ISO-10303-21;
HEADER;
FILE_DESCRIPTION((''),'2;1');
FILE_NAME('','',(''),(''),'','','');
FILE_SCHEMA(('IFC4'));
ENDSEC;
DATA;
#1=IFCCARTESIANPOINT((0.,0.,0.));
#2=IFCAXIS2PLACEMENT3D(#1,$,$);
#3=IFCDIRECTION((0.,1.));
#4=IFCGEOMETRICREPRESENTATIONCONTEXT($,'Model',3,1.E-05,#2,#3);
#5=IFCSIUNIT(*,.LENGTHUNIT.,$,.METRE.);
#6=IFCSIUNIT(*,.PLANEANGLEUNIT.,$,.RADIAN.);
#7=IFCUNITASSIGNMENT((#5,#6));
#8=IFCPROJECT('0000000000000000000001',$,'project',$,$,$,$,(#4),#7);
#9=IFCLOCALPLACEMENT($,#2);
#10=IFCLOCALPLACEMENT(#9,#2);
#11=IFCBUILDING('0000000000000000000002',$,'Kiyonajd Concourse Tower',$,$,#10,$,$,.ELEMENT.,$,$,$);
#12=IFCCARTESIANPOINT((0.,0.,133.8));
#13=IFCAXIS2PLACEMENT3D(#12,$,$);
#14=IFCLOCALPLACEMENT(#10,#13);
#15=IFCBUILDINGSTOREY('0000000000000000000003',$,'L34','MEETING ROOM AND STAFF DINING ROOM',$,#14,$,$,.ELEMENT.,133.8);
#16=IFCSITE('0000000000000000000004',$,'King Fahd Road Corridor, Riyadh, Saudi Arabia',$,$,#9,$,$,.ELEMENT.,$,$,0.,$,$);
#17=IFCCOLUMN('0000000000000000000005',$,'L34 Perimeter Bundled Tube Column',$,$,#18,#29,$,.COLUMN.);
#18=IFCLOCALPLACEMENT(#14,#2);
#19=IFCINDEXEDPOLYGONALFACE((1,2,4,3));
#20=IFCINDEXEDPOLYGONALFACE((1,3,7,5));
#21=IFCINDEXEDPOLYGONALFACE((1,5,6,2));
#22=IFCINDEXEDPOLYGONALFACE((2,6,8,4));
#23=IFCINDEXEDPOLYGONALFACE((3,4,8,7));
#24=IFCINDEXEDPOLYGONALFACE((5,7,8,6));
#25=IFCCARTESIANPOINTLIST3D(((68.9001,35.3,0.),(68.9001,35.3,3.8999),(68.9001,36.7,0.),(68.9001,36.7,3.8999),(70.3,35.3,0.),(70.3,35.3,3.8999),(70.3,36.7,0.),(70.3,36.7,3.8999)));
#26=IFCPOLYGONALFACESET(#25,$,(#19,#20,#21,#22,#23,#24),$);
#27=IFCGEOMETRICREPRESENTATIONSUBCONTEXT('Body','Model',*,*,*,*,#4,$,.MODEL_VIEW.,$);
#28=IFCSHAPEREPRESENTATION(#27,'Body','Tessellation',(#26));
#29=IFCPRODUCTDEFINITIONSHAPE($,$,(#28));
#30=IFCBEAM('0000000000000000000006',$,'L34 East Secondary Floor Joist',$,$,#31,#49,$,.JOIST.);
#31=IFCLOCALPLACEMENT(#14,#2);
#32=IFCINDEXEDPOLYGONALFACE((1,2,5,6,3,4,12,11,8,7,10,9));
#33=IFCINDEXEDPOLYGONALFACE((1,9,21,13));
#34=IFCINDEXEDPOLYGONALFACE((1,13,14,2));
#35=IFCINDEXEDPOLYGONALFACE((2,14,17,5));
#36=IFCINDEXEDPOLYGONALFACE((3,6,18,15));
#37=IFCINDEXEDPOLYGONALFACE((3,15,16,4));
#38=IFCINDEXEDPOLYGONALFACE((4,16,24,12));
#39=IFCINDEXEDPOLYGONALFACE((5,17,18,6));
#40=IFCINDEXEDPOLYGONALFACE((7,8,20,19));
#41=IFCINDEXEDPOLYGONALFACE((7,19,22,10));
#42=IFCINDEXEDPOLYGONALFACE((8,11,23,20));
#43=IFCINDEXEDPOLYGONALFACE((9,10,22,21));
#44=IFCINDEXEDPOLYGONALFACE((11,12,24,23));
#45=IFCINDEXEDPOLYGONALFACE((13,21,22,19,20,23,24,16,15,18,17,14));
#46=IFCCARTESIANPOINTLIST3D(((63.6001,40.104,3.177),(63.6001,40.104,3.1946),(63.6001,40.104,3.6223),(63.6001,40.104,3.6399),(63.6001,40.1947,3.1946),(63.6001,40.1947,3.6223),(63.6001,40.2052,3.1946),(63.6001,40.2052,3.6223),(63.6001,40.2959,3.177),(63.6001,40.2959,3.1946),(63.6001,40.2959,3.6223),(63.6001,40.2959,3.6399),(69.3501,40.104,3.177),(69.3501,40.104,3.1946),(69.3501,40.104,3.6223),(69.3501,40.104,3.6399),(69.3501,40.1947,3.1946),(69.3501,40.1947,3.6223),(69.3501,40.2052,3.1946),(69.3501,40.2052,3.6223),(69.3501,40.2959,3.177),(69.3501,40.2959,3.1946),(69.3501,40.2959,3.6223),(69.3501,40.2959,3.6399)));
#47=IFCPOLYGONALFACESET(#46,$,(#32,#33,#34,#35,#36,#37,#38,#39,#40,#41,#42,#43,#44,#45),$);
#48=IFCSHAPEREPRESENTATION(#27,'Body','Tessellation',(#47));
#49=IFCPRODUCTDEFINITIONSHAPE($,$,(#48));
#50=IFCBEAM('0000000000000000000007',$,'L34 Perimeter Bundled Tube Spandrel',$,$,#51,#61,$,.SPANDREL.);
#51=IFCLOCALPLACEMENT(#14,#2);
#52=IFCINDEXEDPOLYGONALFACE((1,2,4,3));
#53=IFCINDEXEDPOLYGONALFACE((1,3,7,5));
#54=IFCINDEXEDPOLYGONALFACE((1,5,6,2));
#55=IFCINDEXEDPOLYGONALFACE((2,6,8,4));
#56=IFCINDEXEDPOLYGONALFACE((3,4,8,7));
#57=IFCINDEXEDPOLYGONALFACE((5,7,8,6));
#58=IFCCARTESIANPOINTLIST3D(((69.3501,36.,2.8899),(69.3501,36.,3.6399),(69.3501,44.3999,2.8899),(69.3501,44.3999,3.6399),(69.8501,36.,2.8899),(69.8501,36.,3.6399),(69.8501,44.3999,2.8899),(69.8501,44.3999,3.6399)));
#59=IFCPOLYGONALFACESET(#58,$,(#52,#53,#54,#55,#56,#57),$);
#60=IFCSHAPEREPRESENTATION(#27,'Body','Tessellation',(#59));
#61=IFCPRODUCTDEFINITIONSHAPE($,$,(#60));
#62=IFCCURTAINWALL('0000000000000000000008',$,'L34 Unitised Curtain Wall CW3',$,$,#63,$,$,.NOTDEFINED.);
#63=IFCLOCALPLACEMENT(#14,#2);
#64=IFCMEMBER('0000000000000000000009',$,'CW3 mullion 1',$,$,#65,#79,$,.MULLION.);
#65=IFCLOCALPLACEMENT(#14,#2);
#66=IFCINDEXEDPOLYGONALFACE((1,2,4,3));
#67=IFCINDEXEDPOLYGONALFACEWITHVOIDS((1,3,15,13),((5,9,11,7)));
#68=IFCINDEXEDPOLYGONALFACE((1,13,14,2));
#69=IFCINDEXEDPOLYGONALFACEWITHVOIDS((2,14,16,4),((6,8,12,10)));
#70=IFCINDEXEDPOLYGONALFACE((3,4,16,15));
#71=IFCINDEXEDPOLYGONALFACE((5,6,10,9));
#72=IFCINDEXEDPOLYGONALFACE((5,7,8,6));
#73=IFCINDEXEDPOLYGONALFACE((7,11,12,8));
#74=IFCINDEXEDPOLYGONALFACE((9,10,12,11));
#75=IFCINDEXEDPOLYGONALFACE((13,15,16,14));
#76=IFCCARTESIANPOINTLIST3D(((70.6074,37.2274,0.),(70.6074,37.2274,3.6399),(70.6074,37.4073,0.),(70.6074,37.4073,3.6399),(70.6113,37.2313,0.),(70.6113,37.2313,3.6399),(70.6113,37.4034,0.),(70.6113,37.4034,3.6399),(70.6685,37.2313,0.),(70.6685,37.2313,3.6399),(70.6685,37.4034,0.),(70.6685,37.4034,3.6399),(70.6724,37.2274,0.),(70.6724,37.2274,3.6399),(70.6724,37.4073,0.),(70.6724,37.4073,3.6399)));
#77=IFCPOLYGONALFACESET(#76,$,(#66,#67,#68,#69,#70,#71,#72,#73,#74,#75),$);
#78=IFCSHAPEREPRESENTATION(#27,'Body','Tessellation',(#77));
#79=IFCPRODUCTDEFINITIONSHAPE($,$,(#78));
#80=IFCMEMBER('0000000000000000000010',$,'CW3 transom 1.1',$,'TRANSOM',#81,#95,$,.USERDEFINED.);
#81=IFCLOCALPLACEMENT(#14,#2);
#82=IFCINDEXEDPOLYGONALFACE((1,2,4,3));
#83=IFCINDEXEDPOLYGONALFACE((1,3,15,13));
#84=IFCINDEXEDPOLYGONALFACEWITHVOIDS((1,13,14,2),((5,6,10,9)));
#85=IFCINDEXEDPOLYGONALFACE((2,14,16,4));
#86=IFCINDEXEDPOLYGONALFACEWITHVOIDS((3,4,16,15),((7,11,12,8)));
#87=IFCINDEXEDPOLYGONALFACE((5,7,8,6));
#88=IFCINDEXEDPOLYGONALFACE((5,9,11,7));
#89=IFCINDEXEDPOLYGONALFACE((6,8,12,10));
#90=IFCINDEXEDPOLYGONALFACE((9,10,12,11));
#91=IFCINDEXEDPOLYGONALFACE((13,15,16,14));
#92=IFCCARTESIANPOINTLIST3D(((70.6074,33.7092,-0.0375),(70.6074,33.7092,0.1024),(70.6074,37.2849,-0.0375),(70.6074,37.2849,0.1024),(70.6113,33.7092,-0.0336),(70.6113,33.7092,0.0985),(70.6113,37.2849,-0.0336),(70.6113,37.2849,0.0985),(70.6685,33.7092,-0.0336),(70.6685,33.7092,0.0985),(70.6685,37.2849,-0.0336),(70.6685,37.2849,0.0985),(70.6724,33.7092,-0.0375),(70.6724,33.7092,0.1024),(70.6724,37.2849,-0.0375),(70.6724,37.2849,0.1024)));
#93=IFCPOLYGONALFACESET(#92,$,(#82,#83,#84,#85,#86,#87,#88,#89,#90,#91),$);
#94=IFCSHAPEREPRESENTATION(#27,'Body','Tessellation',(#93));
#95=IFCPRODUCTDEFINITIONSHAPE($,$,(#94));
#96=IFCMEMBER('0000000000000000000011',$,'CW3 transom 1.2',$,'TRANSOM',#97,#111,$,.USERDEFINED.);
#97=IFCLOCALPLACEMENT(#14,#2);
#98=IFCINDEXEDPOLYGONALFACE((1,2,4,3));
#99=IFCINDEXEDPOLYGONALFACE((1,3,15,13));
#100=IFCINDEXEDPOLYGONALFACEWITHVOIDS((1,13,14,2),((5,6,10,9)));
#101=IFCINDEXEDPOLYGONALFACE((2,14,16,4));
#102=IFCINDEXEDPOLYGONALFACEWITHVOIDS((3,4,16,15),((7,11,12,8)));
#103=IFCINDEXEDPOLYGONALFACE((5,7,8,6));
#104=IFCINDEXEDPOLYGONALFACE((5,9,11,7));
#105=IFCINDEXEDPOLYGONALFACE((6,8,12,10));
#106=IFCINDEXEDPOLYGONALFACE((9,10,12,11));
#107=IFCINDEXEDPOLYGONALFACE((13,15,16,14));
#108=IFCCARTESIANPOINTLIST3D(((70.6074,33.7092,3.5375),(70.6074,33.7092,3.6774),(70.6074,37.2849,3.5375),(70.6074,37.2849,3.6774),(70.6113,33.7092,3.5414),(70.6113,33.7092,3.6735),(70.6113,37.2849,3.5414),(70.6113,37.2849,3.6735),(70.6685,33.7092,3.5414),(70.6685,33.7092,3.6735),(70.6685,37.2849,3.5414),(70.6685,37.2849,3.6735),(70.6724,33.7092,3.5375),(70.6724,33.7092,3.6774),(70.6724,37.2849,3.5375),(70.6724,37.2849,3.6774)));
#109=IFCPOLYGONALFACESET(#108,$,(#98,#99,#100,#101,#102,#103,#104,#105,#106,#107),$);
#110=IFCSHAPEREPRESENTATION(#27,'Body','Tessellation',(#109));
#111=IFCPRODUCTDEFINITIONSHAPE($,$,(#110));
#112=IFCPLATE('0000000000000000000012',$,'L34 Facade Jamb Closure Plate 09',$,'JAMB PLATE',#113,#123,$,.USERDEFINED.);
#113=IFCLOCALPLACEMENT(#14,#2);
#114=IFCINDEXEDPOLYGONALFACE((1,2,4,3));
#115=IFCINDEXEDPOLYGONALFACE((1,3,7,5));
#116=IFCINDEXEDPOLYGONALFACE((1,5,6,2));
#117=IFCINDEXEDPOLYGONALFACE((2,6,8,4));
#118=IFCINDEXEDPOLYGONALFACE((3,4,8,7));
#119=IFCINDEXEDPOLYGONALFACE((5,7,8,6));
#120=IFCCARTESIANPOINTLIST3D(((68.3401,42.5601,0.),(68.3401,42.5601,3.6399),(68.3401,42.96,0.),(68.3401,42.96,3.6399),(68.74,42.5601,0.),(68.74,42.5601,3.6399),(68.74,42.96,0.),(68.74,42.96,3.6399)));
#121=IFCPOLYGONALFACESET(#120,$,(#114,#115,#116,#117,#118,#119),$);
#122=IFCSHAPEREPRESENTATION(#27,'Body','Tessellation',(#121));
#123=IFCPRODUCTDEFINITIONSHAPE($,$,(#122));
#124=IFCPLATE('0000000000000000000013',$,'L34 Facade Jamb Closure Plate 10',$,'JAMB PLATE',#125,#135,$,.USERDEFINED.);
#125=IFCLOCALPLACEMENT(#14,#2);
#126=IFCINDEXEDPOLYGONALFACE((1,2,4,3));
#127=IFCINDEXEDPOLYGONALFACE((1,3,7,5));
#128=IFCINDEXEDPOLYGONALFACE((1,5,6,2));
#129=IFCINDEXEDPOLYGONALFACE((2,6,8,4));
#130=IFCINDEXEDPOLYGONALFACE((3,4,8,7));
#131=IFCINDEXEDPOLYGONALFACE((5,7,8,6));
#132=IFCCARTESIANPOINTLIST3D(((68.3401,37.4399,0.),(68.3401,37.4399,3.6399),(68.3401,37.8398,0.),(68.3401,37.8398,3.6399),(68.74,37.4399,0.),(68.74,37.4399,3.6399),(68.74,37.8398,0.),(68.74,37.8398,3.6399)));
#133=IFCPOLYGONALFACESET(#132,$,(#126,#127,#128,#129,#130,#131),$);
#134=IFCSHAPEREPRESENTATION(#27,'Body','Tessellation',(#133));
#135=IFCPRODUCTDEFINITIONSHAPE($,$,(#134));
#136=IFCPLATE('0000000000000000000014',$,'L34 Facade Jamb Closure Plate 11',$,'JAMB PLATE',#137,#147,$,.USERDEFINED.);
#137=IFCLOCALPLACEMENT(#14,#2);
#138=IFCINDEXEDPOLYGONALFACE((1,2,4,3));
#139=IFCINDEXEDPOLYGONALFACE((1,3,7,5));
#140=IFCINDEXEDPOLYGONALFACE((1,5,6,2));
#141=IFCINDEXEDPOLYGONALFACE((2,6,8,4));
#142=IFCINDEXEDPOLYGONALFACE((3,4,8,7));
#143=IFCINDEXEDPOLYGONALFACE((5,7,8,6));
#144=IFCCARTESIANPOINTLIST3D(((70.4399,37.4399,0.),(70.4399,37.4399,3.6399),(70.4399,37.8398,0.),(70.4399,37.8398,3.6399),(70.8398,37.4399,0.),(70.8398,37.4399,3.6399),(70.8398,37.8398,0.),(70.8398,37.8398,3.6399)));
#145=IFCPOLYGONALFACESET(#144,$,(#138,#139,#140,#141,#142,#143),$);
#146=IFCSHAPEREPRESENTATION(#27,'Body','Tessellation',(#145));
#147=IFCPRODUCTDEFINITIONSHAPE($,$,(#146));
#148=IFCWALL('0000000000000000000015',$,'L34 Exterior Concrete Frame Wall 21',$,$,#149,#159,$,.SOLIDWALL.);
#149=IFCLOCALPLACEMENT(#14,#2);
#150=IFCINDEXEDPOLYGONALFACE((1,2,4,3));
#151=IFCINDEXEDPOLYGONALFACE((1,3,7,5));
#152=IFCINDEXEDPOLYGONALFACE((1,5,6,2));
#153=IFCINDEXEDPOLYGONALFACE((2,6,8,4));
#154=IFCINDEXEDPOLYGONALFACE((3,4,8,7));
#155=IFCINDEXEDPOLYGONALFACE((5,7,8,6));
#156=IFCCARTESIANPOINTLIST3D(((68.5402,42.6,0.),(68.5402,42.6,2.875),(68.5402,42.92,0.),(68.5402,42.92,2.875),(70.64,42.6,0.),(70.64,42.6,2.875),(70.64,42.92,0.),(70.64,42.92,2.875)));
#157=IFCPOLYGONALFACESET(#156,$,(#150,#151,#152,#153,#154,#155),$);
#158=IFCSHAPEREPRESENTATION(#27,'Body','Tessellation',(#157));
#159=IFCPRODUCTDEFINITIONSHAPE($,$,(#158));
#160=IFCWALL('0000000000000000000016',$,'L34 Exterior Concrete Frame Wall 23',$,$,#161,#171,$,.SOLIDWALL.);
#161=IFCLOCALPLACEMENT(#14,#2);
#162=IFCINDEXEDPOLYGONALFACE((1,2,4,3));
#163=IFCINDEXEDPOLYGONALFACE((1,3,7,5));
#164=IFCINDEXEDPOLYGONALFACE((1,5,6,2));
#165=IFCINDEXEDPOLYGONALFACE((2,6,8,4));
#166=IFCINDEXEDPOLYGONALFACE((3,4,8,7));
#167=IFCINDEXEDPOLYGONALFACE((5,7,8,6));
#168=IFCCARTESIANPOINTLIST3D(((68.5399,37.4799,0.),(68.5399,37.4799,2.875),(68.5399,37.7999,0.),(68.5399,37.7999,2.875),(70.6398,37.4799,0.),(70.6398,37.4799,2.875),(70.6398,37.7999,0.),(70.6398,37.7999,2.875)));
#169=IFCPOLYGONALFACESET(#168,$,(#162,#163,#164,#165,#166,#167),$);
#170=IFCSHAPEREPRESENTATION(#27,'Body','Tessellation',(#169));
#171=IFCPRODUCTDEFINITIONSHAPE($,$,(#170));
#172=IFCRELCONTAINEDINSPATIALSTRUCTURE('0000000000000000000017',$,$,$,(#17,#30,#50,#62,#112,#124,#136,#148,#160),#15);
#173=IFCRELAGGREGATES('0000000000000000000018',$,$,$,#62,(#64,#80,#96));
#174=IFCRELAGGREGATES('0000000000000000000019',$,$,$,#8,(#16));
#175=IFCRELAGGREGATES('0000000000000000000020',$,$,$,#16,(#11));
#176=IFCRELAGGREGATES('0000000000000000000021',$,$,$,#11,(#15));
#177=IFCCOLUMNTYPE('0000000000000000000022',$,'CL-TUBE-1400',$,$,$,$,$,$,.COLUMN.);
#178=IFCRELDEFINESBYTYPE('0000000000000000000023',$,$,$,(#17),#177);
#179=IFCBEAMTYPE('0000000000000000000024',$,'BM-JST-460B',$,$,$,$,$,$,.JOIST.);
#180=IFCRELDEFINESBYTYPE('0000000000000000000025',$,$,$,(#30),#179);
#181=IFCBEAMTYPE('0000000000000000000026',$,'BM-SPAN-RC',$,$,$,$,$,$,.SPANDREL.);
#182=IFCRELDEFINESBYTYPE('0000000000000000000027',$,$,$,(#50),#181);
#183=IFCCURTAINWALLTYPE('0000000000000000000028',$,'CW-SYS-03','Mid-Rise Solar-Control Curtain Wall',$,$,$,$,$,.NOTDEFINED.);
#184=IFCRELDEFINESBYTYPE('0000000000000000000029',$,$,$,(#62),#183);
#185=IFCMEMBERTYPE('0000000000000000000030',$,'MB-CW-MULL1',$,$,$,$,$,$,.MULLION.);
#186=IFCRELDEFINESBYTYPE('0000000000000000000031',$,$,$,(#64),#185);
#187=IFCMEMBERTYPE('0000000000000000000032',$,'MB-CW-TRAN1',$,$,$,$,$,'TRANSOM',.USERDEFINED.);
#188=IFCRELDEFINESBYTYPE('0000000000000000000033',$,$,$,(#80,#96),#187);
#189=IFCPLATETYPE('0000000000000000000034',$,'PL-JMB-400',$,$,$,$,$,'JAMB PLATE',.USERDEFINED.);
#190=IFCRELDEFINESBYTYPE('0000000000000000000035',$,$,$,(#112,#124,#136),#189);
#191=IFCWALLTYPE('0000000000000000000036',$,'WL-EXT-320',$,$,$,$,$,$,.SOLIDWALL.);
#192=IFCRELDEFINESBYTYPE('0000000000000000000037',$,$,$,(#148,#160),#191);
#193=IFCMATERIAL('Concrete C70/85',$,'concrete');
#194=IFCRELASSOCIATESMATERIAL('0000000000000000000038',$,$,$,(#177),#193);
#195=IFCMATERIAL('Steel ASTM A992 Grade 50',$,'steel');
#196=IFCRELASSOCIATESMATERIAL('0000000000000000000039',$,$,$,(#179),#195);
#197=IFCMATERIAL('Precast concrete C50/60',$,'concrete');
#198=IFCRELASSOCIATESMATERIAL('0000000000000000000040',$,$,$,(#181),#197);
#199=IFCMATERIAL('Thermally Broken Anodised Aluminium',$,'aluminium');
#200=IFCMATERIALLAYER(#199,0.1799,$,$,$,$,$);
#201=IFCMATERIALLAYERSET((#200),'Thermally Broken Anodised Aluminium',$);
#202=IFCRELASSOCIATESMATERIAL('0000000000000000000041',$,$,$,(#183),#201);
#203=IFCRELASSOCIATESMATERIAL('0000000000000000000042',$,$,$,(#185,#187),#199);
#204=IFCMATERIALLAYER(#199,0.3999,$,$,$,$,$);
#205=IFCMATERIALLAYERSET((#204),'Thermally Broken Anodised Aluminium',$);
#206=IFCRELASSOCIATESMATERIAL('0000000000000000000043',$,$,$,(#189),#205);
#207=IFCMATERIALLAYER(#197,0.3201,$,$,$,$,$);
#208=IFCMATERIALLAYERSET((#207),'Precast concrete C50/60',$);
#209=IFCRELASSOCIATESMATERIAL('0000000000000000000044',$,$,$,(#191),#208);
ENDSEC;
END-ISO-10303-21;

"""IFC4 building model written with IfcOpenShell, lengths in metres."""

from ifc_helpers import new_model, si_unit, direction, frame, frame_2d, origin, origin_2d, place, context, subcontext, project, spatial, rectangle, hollow_rectangle, i_section, extrude, material, layer, layer_set, material_profile, profile_set, type_object, element, aggregate, save


model = new_model("IFC4")

# Units and contexts
model_context = context("Model", 3, precision=1e-05, world=origin(), true_north=direction((0.0, 1.0)))
body_context = subcontext(model_context, "Body", "Model", "MODEL_VIEW")
ifc_project = project(units=[si_unit("LENGTHUNIT", "METRE"), si_unit("PLANEANGLEUNIT", "RADIAN")], contexts=[model_context])

# Site, building, storey
site_placement = place(None, origin())
site = spatial("IfcSite", under=ifc_project, at=site_placement, Name="King Fahd Road Corridor, Riyadh, Saudi Arabia", CompositionType="ELEMENT", RefElevation=0.0)
building_placement = place(site_placement, origin())
building = spatial("IfcBuilding", under=site, at=building_placement, Name="Kiyonajd Concourse Tower", CompositionType="ELEMENT")
storey_placement = place(building_placement, frame((0.0, 0.0, 133.8)))
storey = spatial("IfcBuildingStorey", under=building, at=storey_placement, Name="L34", Description="MEETING ROOM AND STAFF DINING ROOM", CompositionType="ELEMENT", Elevation=133.8)

# Column
ifc_material_1 = material(Name="Concrete C70/85", Category="concrete")
ifc_material_profile_1 = material_profile(ifc_material_1, rectangle(XDim=1.3999, YDim=1.3999, at=origin_2d()), Name="RC-1400x1400")
ifc_profile_set_1 = profile_set([ifc_material_profile_1], Name="Concrete C70/85")
column_type = type_object("IfcColumnType", Name="CL-TUBE-1400", PredefinedType="COLUMN", material=ifc_profile_set_1)
column_placement = place(storey_placement, frame((69.6001, 36.0, 0.0), z_axis=(0.0, 0.0, 1.0), x_axis=(1.0, 0.0, 0.0)))
element("IfcColumn", 1, at=column_placement, inside=storey, type_object=column_type, Name="L34 Perimeter Bundled Tube Column", PredefinedType="COLUMN", context=body_context, shape_type="SweptSolid", body=[
    extrude(rectangle(XDim=1.3999, YDim=1.3999, at=origin_2d()), origin(), (0.0, 0.0, 1.0), 3.8999),
])

# Beams
ifc_material_2 = material(Name="Steel ASTM A992 Grade 50", Category="steel")
ifc_material_profile_2 = material_profile(ifc_material_2, i_section(OverallWidth=0.1919, OverallDepth=0.4629, WebThickness=0.0105, FlangeThickness=0.0176, at=origin_2d()), Name="W460X89")
ifc_profile_set_2 = profile_set([ifc_material_profile_2], Name="Steel ASTM A992 Grade 50")
beam_type_1 = type_object("IfcBeamType", Name="BM-JST-460B", PredefinedType="JOIST", material=ifc_profile_set_2)
beam_1_placement = place(storey_placement, frame((63.6001, 40.2, 3.4084), z_axis=(1.0, 0.0, 0.0), x_axis=(0.0, 1.0, 0.0)))
element("IfcBeam", 2, at=beam_1_placement, inside=storey, type_object=beam_type_1, Name="L34 East Secondary Floor Joist", PredefinedType="JOIST", context=body_context, shape_type="SweptSolid", body=[
    extrude(i_section(OverallWidth=0.1919, OverallDepth=0.4629, WebThickness=0.0105, FlangeThickness=0.0176, at=origin_2d()), origin(), (0.0, 0.0, 1.0), 5.75),
])
ifc_material_3 = material(Name="Precast concrete C50/60", Category="concrete")
ifc_material_profile_3 = material_profile(ifc_material_3, rectangle(XDim=0.5, YDim=0.75, at=origin_2d()), Name="RCBM-500x750")
ifc_profile_set_3 = profile_set([ifc_material_profile_3], Name="Precast concrete C50/60")
beam_type_2 = type_object("IfcBeamType", Name="BM-SPAN-RC", PredefinedType="SPANDREL", material=ifc_profile_set_3)
beam_2_placement = place(storey_placement, frame((69.6001, 36.0, 3.2649), z_axis=(0.0, 1.0, 0.0), x_axis=(-1.0, 0.0, 0.0)))
element("IfcBeam", 3, at=beam_2_placement, inside=storey, type_object=beam_type_2, Name="L34 Perimeter Bundled Tube Spandrel", PredefinedType="SPANDREL", context=body_context, shape_type="SweptSolid", body=[
    extrude(rectangle(XDim=0.5, YDim=0.75, at=origin_2d()), origin(), (0.0, 0.0, 1.0), 8.3999),
])

# Curtain wall, members
ifc_material_4 = material(Name="Thermally Broken Anodised Aluminium", Category="aluminium")
ifc_layer_1 = layer(ifc_material_4, 0.1799)
ifc_layer_set_1 = layer_set([ifc_layer_1], Name="Thermally Broken Anodised Aluminium")
curtain_wall_type = type_object("IfcCurtainWallType", Name="CW-SYS-03", Description="Mid-Rise Solar-Control Curtain Wall", PredefinedType="NOTDEFINED", material=ifc_layer_set_1)
curtain_wall_placement = place(storey_placement, origin())
curtain_wall = element("IfcCurtainWall", 4, at=curtain_wall_placement, inside=storey, type_object=curtain_wall_type, Name="L34 Unitised Curtain Wall CW3", PredefinedType="NOTDEFINED")
ifc_material_profile_4 = material_profile(ifc_material_4, hollow_rectangle(XDim=0.0649, YDim=0.1799, WallThickness=0.0039, at=origin_2d()), Name="MULL-65x180")
ifc_profile_set_4 = profile_set([ifc_material_profile_4], Name="Thermally Broken Anodised Aluminium")
member_type_1 = type_object("IfcMemberType", Name="MB-CW-MULL1", PredefinedType="MULLION", material=ifc_profile_set_4)
member_1_placement = place(storey_placement, frame((70.6399, 37.3174, 0.0), z_axis=(0.0, 0.0, 1.0), x_axis=(1.0, 0.0, 0.0)))
member_1 = element("IfcMember", 5, at=member_1_placement, type_object=member_type_1, Name="CW3 mullion 1", PredefinedType="MULLION", context=body_context, shape_type="SweptSolid", body=[
    extrude(hollow_rectangle(XDim=0.0649, YDim=0.1799, WallThickness=0.0039, at=origin_2d()), origin(), (0.0, 0.0, 1.0), 3.6399),
])
ifc_material_profile_5 = material_profile(ifc_material_4, hollow_rectangle(XDim=0.0649, YDim=0.1399, WallThickness=0.0039, at=origin_2d()), Name="TRAN-65x140")
ifc_profile_set_5 = profile_set([ifc_material_profile_5], Name="Thermally Broken Anodised Aluminium")
member_type_2 = type_object("IfcMemberType", Name="MB-CW-TRAN1", ElementType="TRANSOM", PredefinedType="USERDEFINED", material=ifc_profile_set_5)
member_2_placement = place(storey_placement, frame((70.6399, 37.2849, 0.0325), z_axis=(0.0, -1.0, 0.0), x_axis=(1.0, 0.0, 0.0)))
member_2 = element("IfcMember", 6, at=member_2_placement, type_object=member_type_2, Name="CW3 transom 1.1", ObjectType="TRANSOM", PredefinedType="USERDEFINED", context=body_context, shape_type="SweptSolid", body=[
    extrude(hollow_rectangle(XDim=0.0649, YDim=0.1399, WallThickness=0.0039, at=origin_2d()), origin(), (0.0, 0.0, 1.0), 3.5757),
])
member_3_placement = place(storey_placement, frame((70.6399, 37.2849, 3.6074), z_axis=(0.0, -1.0, 0.0), x_axis=(1.0, 0.0, 0.0)))
member_3 = element("IfcMember", 7, at=member_3_placement, type_object=member_type_2, Name="CW3 transom 1.2", ObjectType="TRANSOM", PredefinedType="USERDEFINED", context=body_context, shape_type="SweptSolid", body=[
    extrude(hollow_rectangle(XDim=0.0649, YDim=0.1399, WallThickness=0.0039, at=origin_2d()), origin(), (0.0, 0.0, 1.0), 3.5757),
])
aggregate(curtain_wall, [member_1, member_2, member_3])

# Plates
ifc_layer_2 = layer(ifc_material_4, 0.3999)
ifc_layer_set_2 = layer_set([ifc_layer_2], Name="Thermally Broken Anodised Aluminium")
plate_type = type_object("IfcPlateType", Name="PL-JMB-400", ElementType="JAMB PLATE", PredefinedType="USERDEFINED", material=ifc_layer_set_2)
for number, where, z_axis, x_axis, name in (
    (8, (68.54, 42.76, 0.0), (0.0, 0.0, 1.0), (1.0, 0.0, 0.0), "L34 Facade Jamb Closure Plate 09"),
    (9, (68.54, 37.6399, 0.0), (0.0, 0.0, 1.0), (1.0, 0.0, 0.0), "L34 Facade Jamb Closure Plate 10"),
    (10, (70.6399, 37.6399, 0.0), (0.0, 0.0, 1.0), (1.0, 0.0, 0.0), "L34 Facade Jamb Closure Plate 11"),
):
    element("IfcPlate", number, at=place(storey_placement, frame(where, z_axis=z_axis, x_axis=x_axis)), inside=storey, type_object=plate_type, Name=name, ObjectType="JAMB PLATE", PredefinedType="USERDEFINED", context=body_context, shape_type="SweptSolid", body=[
        extrude(rectangle(XDim=0.3999, YDim=0.3999, at=origin_2d()), origin(), (0.0, 0.0, 1.0), 3.6399),
    ])

# Walls
ifc_layer_3 = layer(ifc_material_3, 0.3201)
ifc_layer_set_3 = layer_set([ifc_layer_3], Name="Precast concrete C50/60")
wall_type_1 = type_object("IfcWallType", Name="WL-EXT-320", PredefinedType="SOLIDWALL", material=ifc_layer_set_3)
for number, where, z_axis, x_axis, name in (
    (11, (70.6399, 42.76, 0.0), (0.0, 0.0, 1.0), (-1.0, 0.0, 0.0), "L34 Exterior Concrete Frame Wall 21"),
    (12, (68.54, 37.6399, 0.0), (0.0, 0.0, 1.0), (1.0, 0.0, 0.0), "L34 Exterior Concrete Frame Wall 23"),
):
    element("IfcWall", number, at=place(storey_placement, frame(where, z_axis=z_axis, x_axis=x_axis)), inside=storey, type_object=wall_type_1, Name=name, PredefinedType="SOLIDWALL", context=body_context, shape_type="SweptSolid", body=[
        extrude(rectangle(XDim=2.0999, YDim=0.3201, at=frame_2d((1.0498, 0.0))), origin(), (0.0, 0.0, 1.0), 2.875),
    ])

save(model, "model.ifc")
